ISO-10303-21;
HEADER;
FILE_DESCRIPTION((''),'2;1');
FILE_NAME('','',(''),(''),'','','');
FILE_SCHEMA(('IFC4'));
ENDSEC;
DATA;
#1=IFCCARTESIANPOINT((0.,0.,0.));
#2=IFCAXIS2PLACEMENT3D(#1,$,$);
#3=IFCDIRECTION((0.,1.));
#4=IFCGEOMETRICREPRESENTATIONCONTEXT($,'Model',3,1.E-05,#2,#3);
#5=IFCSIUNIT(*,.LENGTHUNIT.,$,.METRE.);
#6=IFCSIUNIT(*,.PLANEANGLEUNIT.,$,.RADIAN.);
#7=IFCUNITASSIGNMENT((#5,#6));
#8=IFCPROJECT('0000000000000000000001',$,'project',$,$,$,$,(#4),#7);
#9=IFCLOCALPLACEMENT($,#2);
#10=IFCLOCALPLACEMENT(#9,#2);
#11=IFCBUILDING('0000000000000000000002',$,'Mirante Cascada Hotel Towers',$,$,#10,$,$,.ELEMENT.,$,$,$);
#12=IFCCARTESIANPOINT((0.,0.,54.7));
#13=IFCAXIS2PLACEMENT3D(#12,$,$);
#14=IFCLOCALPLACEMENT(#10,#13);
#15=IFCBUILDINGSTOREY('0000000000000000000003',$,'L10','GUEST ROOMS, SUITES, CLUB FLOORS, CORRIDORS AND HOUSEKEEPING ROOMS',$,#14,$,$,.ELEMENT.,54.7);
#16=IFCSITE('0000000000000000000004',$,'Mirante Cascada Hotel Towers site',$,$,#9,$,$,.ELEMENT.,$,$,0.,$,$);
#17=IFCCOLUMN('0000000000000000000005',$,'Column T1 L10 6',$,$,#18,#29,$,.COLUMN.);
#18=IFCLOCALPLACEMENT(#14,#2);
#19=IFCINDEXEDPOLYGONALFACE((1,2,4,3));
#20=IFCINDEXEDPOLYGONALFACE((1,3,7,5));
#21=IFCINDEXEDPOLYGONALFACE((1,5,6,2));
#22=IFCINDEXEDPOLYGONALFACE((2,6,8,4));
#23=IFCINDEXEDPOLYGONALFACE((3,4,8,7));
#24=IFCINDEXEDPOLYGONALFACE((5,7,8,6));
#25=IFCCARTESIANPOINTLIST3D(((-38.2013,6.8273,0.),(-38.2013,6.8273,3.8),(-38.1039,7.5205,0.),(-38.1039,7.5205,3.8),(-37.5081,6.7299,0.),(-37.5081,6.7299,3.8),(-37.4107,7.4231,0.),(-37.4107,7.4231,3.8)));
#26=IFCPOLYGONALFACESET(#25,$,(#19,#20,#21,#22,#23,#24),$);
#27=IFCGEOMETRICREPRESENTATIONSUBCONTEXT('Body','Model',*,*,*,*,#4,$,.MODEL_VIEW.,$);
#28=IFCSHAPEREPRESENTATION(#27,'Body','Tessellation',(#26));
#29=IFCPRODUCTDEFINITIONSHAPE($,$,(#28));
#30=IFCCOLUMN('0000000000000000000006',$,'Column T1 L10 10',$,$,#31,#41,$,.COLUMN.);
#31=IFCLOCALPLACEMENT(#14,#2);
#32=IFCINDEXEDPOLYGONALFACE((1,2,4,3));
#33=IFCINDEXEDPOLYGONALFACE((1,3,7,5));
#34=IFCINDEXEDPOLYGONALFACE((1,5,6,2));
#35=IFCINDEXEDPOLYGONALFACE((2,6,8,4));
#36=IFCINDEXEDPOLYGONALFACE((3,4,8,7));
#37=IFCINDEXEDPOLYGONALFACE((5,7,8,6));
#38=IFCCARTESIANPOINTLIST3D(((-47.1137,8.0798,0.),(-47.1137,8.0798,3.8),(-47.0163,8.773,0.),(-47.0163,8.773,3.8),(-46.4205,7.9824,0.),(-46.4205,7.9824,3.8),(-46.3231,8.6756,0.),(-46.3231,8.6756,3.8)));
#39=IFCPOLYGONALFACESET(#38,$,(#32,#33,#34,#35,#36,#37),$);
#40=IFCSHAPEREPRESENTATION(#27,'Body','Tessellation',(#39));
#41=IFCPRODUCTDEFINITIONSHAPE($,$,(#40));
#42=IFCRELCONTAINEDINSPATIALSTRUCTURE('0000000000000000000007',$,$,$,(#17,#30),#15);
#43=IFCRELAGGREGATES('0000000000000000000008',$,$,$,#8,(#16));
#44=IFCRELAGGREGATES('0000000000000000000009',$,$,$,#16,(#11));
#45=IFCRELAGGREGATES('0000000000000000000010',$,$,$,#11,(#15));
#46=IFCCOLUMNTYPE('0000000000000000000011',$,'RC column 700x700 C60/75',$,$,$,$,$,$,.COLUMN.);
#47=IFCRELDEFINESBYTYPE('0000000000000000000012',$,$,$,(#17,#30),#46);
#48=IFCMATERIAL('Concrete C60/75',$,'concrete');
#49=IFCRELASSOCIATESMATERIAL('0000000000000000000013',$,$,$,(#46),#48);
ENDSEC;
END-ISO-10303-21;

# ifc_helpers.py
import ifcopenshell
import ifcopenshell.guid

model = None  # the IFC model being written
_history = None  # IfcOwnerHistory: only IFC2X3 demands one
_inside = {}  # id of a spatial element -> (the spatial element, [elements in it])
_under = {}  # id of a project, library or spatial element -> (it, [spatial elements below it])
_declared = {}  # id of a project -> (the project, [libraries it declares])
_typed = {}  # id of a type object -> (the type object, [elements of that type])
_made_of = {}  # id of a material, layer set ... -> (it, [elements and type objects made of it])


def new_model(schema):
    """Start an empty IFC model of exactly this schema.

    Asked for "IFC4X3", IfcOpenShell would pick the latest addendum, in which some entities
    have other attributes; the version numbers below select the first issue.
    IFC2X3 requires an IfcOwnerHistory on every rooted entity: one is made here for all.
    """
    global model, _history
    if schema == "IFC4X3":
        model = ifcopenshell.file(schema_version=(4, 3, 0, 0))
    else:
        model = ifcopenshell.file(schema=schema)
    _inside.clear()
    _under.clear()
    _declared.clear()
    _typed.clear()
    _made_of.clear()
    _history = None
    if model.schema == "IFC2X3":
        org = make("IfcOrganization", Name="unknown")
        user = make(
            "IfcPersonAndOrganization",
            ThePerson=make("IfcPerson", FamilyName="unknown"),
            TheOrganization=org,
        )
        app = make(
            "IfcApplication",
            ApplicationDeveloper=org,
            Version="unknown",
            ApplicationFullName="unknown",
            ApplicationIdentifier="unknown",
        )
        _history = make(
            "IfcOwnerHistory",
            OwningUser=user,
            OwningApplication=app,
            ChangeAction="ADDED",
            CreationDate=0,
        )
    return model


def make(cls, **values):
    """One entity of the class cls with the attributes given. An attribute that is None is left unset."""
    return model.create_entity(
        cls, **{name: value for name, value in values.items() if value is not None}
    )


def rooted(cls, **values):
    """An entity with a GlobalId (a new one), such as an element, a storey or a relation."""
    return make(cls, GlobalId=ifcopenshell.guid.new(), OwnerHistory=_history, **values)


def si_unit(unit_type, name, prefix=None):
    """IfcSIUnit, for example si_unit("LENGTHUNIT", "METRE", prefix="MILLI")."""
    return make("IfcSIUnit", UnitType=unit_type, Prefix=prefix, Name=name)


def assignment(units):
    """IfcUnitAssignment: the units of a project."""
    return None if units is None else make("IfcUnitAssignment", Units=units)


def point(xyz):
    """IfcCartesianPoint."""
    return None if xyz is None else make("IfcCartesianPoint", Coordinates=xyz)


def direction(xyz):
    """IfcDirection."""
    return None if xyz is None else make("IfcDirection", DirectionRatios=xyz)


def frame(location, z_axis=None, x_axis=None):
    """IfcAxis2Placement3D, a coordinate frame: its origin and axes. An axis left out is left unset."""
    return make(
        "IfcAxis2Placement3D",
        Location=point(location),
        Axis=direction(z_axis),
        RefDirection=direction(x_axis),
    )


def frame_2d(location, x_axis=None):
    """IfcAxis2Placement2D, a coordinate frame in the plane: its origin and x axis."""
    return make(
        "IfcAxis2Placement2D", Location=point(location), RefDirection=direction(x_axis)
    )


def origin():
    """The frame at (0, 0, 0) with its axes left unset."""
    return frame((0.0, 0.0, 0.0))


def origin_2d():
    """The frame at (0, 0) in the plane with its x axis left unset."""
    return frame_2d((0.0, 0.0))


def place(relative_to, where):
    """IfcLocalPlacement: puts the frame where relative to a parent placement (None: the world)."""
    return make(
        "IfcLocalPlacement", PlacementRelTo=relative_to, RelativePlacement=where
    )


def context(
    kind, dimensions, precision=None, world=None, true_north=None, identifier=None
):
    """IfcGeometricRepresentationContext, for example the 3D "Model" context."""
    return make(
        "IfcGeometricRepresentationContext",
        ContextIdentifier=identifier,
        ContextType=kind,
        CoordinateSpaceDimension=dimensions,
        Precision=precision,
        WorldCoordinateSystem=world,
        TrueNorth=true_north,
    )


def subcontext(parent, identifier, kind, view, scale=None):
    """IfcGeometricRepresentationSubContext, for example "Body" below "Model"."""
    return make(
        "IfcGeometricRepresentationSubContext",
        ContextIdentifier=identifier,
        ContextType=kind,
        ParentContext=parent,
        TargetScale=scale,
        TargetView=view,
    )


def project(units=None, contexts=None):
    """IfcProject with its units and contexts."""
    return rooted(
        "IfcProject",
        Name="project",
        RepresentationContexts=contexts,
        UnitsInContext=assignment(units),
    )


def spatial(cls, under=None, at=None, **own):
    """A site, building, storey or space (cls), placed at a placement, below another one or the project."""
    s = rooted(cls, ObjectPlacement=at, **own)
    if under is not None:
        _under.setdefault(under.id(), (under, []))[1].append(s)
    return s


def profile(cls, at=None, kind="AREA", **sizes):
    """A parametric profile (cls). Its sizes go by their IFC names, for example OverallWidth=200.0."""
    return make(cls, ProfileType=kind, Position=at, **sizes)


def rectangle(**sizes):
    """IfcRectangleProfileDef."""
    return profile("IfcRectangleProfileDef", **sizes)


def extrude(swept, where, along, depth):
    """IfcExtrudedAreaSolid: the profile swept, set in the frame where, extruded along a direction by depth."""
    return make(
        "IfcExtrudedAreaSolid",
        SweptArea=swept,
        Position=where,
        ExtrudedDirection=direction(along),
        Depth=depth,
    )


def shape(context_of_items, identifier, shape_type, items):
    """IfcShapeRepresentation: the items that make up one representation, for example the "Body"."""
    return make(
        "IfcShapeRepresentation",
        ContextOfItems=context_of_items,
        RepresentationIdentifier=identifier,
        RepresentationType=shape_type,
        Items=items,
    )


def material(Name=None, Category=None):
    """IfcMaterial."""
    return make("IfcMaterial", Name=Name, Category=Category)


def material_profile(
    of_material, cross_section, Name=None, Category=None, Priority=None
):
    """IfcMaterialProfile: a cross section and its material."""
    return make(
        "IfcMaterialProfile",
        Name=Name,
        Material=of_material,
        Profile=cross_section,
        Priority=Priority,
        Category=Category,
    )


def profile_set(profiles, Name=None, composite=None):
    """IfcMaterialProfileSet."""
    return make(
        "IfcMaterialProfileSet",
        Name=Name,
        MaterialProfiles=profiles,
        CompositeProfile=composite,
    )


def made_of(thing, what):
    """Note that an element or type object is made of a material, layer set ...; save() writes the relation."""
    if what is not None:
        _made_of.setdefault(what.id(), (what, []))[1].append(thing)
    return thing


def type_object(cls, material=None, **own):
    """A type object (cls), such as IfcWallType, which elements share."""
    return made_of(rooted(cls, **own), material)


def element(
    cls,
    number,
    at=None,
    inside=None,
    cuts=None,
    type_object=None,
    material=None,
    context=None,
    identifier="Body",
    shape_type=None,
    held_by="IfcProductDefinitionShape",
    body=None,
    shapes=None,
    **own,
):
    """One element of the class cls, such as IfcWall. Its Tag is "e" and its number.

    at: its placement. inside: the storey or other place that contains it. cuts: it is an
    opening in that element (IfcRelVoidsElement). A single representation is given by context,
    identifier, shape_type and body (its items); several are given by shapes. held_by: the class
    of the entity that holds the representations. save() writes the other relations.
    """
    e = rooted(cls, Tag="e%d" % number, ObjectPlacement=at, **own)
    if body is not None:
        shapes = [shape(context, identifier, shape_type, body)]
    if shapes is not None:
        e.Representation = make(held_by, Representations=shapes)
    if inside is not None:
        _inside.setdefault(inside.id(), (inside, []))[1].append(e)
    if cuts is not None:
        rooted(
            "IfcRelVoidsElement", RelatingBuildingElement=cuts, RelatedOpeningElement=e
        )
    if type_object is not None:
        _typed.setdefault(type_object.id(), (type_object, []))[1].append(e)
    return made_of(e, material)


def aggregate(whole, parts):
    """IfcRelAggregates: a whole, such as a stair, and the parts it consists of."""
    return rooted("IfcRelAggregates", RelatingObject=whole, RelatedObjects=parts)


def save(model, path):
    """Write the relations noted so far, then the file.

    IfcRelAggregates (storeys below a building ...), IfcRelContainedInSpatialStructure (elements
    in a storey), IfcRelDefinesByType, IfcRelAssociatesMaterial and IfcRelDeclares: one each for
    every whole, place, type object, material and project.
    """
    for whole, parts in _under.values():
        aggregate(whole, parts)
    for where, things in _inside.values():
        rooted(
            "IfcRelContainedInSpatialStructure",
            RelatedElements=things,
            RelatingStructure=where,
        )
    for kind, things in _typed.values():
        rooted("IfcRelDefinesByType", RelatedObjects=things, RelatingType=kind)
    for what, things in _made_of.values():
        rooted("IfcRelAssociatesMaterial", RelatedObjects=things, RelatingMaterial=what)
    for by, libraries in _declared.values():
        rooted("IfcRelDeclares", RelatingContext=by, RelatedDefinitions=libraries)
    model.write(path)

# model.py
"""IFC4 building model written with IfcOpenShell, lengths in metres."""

from ifc_helpers import new_model, si_unit, direction, frame, origin, origin_2d, place, context, subcontext, project, spatial, rectangle, extrude, material, material_profile, profile_set, type_object, element, save


model = new_model("IFC4")

# Units and contexts
model_context = context("Model", 3, precision=1e-05, world=origin(), true_north=direction((0.0, 1.0)))
body_context = subcontext(model_context, "Body", "Model", "MODEL_VIEW")
ifc_project = project(units=[si_unit("LENGTHUNIT", "METRE"), si_unit("PLANEANGLEUNIT", "RADIAN")], contexts=[model_context])

# Site, building, storey
site_placement = place(None, origin())
site = spatial("IfcSite", under=ifc_project, at=site_placement, Name="Mirante Cascada Hotel Towers site", CompositionType="ELEMENT", RefElevation=0.0)
building_placement = place(site_placement, origin())
building = spatial("IfcBuilding", under=site, at=building_placement, Name="Mirante Cascada Hotel Towers", CompositionType="ELEMENT")
storey_placement = place(building_placement, frame((0.0, 0.0, 54.7)))
storey = spatial("IfcBuildingStorey", under=building, at=storey_placement, Name="L10", Description="GUEST ROOMS, SUITES, CLUB FLOORS, CORRIDORS AND HOUSEKEEPING ROOMS", CompositionType="ELEMENT", Elevation=54.7)

# Columns
ifc_material_1 = material(Name="Concrete C60/75", Category="concrete")
ifc_material_profile = material_profile(ifc_material_1, rectangle(XDim=0.7, YDim=0.7, at=origin_2d()), Name="RC column 700x700 C60/75")
ifc_profile_set = profile_set([ifc_material_profile], Name="Concrete C60/75")
column_type = type_object("IfcColumnType", Name="RC column 700x700 C60/75", PredefinedType="COLUMN", material=ifc_profile_set)
for number, where, z_axis, x_axis, name in (
    (1, (-37.806, 7.1252, 0.0), (0.0, 0.0, 1.0), (-0.990268, 0.139173, 0.0), "Column T1 L10 6"),
    (2, (-46.7184, 8.3777, 0.0), (0.0, 0.0, 1.0), (-0.990268, 0.139173, 0.0), "Column T1 L10 10"),
):
    element("IfcColumn", number, at=place(storey_placement, frame(where, z_axis=z_axis, x_axis=x_axis)), inside=storey, type_object=column_type, Name=name, PredefinedType="COLUMN", context=body_context, shape_type="SweptSolid", body=[
        extrude(rectangle(XDim=0.7, YDim=0.7, at=origin_2d()), origin(), (0.0, 0.0, 1.0), 3.8),
    ])

save(model, "model.ifc")
